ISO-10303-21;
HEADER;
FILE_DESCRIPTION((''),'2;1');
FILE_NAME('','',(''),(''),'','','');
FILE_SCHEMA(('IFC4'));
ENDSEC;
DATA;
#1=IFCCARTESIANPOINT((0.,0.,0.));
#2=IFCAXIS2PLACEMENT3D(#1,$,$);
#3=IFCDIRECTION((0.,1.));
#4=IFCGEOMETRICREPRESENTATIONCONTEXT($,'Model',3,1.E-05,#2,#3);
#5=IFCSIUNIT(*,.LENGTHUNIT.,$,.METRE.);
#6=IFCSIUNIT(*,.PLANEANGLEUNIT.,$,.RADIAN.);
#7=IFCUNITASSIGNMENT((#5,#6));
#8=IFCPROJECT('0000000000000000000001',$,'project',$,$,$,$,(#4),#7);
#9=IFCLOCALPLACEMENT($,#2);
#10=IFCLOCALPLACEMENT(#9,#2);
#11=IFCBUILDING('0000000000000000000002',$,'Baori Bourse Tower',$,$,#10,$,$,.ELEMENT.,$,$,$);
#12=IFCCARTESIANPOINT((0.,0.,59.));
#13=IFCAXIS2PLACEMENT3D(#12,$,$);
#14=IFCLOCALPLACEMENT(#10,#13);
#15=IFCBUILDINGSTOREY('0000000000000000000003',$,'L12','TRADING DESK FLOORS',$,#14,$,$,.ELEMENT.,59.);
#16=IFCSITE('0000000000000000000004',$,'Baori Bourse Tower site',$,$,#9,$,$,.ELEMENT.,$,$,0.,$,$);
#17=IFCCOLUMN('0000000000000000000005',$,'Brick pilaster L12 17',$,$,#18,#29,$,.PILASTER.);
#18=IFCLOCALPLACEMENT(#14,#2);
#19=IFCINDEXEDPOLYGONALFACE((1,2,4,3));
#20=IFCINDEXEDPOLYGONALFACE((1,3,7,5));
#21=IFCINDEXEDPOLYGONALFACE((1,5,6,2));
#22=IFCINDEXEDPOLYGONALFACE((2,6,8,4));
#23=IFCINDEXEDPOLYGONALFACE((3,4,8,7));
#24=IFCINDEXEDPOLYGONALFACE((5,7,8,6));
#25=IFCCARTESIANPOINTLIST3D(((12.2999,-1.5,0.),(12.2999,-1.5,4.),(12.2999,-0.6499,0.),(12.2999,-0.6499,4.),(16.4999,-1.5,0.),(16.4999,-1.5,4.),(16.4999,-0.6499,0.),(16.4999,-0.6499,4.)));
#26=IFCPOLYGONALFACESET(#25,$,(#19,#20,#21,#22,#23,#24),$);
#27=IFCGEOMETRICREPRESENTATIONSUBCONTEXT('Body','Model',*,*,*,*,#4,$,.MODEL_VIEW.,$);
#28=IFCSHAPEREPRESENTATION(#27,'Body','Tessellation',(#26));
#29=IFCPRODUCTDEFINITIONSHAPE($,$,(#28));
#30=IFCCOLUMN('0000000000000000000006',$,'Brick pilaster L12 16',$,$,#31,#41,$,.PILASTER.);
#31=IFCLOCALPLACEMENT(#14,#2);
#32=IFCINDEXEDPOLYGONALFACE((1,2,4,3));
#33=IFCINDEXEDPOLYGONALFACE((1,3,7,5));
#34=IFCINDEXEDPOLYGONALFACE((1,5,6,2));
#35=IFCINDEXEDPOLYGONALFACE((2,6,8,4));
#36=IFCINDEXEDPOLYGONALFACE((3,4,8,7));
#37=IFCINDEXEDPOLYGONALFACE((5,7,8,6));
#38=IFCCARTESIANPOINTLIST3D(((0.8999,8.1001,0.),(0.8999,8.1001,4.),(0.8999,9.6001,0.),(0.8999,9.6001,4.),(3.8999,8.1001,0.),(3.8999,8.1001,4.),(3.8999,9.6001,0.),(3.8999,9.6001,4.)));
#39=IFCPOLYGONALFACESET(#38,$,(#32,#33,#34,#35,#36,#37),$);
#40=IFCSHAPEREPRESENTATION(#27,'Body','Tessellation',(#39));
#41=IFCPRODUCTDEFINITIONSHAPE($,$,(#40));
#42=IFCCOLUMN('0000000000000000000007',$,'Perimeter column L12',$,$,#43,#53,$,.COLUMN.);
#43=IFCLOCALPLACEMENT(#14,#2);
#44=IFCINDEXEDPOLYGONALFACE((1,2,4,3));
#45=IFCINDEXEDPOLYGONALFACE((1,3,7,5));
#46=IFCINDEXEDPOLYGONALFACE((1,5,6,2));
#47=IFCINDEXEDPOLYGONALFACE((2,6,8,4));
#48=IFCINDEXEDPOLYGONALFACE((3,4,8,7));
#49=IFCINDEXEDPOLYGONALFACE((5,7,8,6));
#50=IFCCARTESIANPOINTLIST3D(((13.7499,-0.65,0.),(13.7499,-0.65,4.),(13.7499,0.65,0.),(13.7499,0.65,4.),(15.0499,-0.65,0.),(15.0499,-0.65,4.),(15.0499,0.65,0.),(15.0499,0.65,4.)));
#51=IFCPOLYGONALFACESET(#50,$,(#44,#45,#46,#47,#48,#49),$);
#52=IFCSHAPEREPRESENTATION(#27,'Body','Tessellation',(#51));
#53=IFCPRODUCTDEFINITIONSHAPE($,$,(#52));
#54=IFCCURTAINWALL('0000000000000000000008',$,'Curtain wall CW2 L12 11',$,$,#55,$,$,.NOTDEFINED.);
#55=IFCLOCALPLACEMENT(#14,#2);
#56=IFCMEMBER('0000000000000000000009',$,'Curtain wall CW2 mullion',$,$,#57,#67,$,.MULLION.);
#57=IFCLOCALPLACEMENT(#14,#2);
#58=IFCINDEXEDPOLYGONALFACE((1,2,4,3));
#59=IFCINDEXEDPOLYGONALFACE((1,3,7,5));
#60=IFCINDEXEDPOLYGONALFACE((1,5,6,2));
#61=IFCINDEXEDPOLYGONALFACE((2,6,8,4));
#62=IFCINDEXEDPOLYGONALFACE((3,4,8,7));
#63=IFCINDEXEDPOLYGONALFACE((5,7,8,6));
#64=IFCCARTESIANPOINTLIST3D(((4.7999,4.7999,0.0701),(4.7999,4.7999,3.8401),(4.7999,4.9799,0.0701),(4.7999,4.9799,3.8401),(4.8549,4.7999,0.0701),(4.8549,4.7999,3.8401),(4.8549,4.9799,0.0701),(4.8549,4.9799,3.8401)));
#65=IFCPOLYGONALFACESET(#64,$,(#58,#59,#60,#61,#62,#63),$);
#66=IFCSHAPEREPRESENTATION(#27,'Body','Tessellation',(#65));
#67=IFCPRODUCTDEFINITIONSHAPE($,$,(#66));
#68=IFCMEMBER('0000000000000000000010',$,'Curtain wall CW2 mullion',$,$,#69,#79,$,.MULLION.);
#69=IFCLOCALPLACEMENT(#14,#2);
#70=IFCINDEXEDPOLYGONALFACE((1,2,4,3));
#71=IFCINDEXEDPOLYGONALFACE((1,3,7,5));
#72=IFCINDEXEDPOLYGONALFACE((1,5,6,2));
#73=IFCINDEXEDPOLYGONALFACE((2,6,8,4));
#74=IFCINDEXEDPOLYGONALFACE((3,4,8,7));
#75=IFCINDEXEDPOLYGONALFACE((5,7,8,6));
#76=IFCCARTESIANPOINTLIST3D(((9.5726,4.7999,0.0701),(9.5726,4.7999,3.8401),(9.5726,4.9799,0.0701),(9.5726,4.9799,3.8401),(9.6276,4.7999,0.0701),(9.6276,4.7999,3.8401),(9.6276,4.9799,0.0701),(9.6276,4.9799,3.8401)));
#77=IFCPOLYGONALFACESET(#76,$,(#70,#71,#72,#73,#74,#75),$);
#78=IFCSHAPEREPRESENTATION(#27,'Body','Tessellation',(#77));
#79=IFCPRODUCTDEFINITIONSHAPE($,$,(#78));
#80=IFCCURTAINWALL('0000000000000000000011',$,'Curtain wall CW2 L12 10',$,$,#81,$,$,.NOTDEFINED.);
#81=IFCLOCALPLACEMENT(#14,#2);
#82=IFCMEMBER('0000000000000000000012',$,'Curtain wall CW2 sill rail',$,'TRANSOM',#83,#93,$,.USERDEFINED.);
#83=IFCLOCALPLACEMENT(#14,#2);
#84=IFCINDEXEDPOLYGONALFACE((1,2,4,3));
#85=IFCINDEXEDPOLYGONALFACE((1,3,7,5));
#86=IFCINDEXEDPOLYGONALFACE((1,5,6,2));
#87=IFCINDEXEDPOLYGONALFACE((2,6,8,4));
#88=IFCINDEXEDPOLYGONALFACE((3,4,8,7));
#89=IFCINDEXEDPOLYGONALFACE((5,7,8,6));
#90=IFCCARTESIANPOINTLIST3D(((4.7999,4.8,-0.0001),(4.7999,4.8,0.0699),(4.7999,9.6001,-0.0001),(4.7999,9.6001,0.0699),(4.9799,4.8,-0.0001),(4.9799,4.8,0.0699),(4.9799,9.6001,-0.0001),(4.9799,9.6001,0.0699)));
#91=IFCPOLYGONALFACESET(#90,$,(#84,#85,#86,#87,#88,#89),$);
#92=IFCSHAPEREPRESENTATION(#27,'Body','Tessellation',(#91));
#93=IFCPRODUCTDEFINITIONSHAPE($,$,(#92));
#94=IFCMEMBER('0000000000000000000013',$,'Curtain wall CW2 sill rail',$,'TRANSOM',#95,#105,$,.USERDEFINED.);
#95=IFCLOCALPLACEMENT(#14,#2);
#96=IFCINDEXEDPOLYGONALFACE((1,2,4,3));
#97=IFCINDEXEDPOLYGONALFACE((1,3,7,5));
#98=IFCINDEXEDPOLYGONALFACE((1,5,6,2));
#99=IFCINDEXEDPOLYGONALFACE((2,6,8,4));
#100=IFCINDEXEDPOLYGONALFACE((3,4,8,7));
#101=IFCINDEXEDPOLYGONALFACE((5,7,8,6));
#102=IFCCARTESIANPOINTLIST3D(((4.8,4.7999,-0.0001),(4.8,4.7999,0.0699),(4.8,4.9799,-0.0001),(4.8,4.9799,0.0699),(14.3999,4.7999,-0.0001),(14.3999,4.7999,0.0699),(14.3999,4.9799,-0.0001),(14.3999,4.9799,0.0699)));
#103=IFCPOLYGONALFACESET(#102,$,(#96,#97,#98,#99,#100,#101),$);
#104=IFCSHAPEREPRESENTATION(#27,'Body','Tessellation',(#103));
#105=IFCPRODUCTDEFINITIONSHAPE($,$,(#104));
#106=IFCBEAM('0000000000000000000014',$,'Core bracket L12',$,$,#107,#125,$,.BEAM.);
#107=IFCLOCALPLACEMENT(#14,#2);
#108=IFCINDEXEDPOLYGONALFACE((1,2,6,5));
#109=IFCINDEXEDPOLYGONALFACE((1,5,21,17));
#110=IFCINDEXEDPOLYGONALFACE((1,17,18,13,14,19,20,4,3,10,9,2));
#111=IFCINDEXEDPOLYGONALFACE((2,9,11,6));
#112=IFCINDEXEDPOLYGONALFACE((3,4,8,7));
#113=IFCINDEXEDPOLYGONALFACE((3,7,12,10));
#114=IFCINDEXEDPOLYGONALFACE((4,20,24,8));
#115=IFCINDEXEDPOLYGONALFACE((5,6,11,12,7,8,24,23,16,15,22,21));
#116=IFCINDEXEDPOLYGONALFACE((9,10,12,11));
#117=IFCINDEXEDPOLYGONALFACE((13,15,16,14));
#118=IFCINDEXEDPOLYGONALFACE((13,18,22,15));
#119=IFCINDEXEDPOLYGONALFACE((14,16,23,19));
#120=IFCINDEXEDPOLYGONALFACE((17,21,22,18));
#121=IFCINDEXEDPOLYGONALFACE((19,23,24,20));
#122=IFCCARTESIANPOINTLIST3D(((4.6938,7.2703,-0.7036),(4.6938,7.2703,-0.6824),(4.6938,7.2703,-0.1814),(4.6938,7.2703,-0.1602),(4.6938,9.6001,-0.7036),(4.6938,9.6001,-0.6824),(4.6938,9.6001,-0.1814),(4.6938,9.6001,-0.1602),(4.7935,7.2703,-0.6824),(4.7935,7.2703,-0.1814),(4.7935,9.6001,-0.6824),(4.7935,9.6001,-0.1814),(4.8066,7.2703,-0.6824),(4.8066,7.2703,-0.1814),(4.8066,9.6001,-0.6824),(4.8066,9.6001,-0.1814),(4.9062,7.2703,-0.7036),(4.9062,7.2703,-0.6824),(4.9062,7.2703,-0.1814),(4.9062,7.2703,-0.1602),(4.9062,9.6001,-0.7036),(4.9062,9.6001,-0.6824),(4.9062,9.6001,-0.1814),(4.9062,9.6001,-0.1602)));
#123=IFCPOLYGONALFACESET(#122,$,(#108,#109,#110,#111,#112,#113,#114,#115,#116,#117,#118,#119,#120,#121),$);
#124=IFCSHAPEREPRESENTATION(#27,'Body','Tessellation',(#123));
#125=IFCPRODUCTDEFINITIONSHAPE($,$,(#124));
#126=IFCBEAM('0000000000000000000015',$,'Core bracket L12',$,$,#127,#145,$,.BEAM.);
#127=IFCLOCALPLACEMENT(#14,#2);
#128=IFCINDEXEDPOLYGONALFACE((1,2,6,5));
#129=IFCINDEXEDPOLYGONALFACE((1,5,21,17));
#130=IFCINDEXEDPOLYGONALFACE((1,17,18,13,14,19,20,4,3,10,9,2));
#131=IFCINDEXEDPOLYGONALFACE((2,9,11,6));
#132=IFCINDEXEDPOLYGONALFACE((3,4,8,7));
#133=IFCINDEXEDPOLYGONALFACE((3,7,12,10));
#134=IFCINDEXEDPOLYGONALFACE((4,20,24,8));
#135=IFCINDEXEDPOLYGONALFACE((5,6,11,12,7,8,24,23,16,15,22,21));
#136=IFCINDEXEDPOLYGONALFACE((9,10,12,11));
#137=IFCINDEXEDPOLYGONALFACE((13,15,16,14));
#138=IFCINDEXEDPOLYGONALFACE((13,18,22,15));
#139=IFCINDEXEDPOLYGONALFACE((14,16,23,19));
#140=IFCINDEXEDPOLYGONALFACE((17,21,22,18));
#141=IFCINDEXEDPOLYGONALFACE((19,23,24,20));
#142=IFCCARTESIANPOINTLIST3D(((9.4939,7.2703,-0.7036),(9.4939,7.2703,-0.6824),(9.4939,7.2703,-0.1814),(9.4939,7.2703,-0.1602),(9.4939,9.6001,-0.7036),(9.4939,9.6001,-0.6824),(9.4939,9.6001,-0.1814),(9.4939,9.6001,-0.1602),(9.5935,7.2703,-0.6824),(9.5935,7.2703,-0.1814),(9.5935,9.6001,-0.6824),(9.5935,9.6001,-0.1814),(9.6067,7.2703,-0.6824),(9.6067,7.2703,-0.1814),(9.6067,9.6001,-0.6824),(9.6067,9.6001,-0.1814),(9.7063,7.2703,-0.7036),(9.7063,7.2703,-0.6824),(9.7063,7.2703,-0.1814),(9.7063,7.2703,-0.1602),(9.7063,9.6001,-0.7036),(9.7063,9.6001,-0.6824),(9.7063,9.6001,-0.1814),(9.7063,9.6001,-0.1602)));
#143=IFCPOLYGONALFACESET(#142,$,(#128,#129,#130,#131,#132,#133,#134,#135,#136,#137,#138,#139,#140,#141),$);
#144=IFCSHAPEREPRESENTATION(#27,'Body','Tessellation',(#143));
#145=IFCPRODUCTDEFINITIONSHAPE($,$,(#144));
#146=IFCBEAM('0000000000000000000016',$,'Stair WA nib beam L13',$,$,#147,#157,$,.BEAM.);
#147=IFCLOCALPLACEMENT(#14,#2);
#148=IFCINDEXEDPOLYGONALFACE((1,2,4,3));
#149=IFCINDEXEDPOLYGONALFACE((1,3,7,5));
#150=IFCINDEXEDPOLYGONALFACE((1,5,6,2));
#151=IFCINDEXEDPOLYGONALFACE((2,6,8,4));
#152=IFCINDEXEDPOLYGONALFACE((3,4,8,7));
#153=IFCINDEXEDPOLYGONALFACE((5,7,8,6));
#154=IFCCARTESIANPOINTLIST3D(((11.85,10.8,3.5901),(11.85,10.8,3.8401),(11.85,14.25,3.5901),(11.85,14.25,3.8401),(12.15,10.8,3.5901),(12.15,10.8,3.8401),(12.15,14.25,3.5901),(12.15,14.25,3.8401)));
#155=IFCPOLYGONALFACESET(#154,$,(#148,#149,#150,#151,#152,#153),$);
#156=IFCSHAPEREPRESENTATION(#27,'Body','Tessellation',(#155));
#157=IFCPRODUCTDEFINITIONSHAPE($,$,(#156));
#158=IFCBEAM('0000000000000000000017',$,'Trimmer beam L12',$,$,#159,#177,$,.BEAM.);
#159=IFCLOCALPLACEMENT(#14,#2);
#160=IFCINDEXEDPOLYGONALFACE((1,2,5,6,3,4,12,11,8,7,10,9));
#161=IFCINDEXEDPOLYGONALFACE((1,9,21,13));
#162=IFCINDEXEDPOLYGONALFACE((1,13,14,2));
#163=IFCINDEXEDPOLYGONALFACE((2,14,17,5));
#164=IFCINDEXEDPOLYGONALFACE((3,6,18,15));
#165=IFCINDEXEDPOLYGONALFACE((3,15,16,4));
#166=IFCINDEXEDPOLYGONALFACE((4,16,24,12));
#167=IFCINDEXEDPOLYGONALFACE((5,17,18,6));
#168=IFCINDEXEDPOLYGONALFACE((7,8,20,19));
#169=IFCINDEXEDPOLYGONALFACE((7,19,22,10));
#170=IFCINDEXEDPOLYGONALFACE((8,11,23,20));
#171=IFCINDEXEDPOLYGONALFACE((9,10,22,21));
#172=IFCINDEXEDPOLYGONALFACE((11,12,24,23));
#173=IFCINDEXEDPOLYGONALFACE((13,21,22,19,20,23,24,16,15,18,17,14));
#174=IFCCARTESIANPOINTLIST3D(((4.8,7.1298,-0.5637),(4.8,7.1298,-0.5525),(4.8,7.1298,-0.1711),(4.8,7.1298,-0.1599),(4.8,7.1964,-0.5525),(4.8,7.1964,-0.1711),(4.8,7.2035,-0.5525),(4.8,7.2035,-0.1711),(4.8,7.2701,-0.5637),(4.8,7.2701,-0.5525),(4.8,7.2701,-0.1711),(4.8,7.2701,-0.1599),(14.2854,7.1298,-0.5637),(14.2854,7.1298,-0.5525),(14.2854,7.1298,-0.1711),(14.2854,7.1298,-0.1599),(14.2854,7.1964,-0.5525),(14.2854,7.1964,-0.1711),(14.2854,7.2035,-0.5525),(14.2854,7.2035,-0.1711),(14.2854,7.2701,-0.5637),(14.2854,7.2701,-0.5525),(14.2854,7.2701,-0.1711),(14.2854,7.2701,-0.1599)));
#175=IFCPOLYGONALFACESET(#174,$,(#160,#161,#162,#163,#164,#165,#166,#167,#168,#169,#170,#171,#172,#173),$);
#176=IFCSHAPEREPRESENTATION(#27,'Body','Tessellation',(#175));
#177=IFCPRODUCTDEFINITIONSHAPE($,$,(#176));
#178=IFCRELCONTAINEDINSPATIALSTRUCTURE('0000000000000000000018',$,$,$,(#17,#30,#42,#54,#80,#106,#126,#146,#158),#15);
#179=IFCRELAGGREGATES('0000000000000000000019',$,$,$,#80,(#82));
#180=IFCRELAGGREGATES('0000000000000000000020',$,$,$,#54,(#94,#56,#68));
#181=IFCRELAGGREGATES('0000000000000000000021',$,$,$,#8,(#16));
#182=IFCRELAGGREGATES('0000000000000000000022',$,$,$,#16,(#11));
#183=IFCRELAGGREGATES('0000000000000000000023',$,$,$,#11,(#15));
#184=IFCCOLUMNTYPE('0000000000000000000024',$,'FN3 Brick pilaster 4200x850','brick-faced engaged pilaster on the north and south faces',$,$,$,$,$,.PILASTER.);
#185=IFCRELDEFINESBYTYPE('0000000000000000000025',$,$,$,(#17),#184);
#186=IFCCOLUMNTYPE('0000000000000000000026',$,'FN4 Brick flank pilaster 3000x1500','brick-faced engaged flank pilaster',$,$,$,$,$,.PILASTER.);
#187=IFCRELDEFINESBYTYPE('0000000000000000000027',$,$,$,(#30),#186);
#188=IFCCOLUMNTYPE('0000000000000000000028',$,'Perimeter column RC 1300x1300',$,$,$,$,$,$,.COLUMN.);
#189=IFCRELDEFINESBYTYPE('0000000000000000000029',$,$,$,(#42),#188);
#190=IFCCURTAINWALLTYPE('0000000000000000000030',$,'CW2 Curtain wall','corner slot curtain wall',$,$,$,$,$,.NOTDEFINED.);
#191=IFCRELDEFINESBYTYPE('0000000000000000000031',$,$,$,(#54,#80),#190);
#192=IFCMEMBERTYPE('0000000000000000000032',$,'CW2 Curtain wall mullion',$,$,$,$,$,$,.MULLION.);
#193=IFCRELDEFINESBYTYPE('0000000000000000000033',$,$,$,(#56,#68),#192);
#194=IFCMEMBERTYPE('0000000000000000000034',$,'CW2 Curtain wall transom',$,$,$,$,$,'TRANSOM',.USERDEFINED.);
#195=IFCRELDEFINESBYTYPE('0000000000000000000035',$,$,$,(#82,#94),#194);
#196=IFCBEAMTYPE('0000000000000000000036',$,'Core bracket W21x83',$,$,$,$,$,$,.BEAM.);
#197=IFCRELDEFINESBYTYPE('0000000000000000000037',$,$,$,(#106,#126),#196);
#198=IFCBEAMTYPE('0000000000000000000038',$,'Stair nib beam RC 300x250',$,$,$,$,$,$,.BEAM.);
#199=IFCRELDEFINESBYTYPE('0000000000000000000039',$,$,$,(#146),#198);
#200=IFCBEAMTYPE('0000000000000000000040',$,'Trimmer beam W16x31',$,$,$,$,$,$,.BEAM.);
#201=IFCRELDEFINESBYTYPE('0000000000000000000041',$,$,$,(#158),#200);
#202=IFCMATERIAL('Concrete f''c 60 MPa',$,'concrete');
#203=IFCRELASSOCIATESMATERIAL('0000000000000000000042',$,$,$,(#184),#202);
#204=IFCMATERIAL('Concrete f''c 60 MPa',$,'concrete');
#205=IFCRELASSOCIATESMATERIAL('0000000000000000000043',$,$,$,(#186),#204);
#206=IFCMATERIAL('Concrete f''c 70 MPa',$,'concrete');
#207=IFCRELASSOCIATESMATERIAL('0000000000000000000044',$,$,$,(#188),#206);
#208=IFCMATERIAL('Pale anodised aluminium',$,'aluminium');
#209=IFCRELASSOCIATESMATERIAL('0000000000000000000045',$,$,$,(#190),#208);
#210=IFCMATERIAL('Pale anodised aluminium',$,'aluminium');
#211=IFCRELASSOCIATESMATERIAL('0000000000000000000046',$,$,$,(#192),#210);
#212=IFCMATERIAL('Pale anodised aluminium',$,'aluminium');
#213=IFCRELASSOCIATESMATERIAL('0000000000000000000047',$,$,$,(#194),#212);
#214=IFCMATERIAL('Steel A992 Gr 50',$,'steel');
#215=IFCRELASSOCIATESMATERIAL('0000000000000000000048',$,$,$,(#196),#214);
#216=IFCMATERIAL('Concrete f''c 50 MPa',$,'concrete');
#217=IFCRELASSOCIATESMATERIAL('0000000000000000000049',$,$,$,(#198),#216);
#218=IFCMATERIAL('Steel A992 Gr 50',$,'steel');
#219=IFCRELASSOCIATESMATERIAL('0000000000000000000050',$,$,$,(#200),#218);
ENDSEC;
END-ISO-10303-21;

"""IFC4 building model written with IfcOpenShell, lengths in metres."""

from ifc_helpers import new_model, si_unit, direction, frame, origin, origin_2d, place, context, subcontext, project, spatial, rectangle, i_section, extrude, material, material_profile, profile_set, type_object, element, aggregate, save


model = new_model("IFC4")

# Units and contexts
model_context = context("Model", 3, precision=1e-05, world=origin(), true_north=direction((0.0, 1.0)))
body_context = subcontext(model_context, "Body", "Model", "MODEL_VIEW")
ifc_project = project(units=[si_unit("LENGTHUNIT", "METRE"), si_unit("PLANEANGLEUNIT", "RADIAN")], contexts=[model_context])

# Site, building, storey
site_placement = place(None, origin())
site = spatial("IfcSite", under=ifc_project, at=site_placement, Name="Baori Bourse Tower site", CompositionType="ELEMENT", RefElevation=0.0)
building_placement = place(site_placement, origin())
building = spatial("IfcBuilding", under=site, at=building_placement, Name="Baori Bourse Tower", CompositionType="ELEMENT")
storey_placement = place(building_placement, frame((0.0, 0.0, 59.0)))
storey = spatial("IfcBuildingStorey", under=building, at=storey_placement, Name="L12", Description="TRADING DESK FLOORS", CompositionType="ELEMENT", Elevation=59.0)

# Columns
ifc_material_1 = material(Name="Concrete f'c 60 MPa", Category="concrete")
ifc_material_profile_1 = material_profile(ifc_material_1, rectangle(XDim=4.2, YDim=0.8501, at=origin_2d()), Name="RC 4200x850")
ifc_profile_set_1 = profile_set([ifc_material_profile_1], Name="Concrete f'c 60 MPa")
column_type_1 = type_object("IfcColumnType", Name="FN3 Brick pilaster 4200x850", Description="brick-faced engaged pilaster on the north and south faces", PredefinedType="PILASTER", material=ifc_profile_set_1)
column_1_placement = place(storey_placement, frame((14.3999, -1.075, 0.0), z_axis=(0.0, 0.0, 1.0), x_axis=(1.0, 0.0, 0.0)))
element("IfcColumn", 1, at=column_1_placement, inside=storey, type_object=column_type_1, Name="Brick pilaster L12 17", PredefinedType="PILASTER", context=body_context, shape_type="SweptSolid", body=[
    extrude(rectangle(XDim=4.2, YDim=0.8501, at=origin_2d()), origin(), (0.0, 0.0, 1.0), 4.0),
])
ifc_material_2 = material(Name="Concrete f'c 60 MPa", Category="concrete")
ifc_material_profile_2 = material_profile(ifc_material_2, rectangle(XDim=3.0, YDim=1.5, at=origin_2d()), Name="RC 3000x1500")
ifc_profile_set_2 = profile_set([ifc_material_profile_2], Name="Concrete f'c 60 MPa")
column_type_2 = type_object("IfcColumnType", Name="FN4 Brick flank pilaster 3000x1500", Description="brick-faced engaged flank pilaster", PredefinedType="PILASTER", material=ifc_profile_set_2)
column_2_placement = place(storey_placement, frame((2.3999, 8.8501, 0.0), z_axis=(0.0, 0.0, 1.0), x_axis=(1.0, 0.0, 0.0)))
element("IfcColumn", 2, at=column_2_placement, inside=storey, type_object=column_type_2, Name="Brick pilaster L12 16", PredefinedType="PILASTER", context=body_context, shape_type="SweptSolid", body=[
    extrude(rectangle(XDim=3.0, YDim=1.5, at=origin_2d()), origin(), (0.0, 0.0, 1.0), 4.0),
])
ifc_material_3 = material(Name="Concrete f'c 70 MPa", Category="concrete")
ifc_material_profile_3 = material_profile(ifc_material_3, rectangle(XDim=1.3, YDim=1.3, at=origin_2d()), Name="RC 1300x1300")
ifc_profile_set_3 = profile_set([ifc_material_profile_3], Name="Concrete f'c 70 MPa")
column_type_3 = type_object("IfcColumnType", Name="Perimeter column RC 1300x1300", PredefinedType="COLUMN", material=ifc_profile_set_3)
column_3_placement = place(storey_placement, frame((14.3999, 0.0, 0.0), z_axis=(0.0, 0.0, 1.0), x_axis=(1.0, 0.0, 0.0)))
element("IfcColumn", 3, at=column_3_placement, inside=storey, type_object=column_type_3, Name="Perimeter column L12", PredefinedType="COLUMN", context=body_context, shape_type="SweptSolid", body=[
    extrude(rectangle(XDim=1.3, YDim=1.3, at=origin_2d()), origin(), (0.0, 0.0, 1.0), 4.0),
])

# Curtain wall, members
ifc_material_4 = material(Name="Pale anodised aluminium", Category="aluminium")
curtain_wall_type = type_object("IfcCurtainWallType", Name="CW2 Curtain wall", Description="corner slot curtain wall", PredefinedType="NOTDEFINED", material=ifc_material_4)
curtain_wall_1_placement = place(storey_placement, origin())
curtain_wall_1 = element("IfcCurtainWall", 4, at=curtain_wall_1_placement, inside=storey, type_object=curtain_wall_type, Name="Curtain wall CW2 L12 11", PredefinedType="NOTDEFINED")
ifc_material_5 = material(Name="Pale anodised aluminium", Category="aluminium")
ifc_material_profile_4 = material_profile(ifc_material_5, rectangle(XDim=0.1799, YDim=0.0549, at=origin_2d()), Name="Mullion 55x180")
ifc_profile_set_4 = profile_set([ifc_material_profile_4], Name="Pale anodised aluminium")
member_type_1 = type_object("IfcMemberType", Name="CW2 Curtain wall mullion", PredefinedType="MULLION", material=ifc_profile_set_4)
member_1_placement = place(storey_placement, frame((4.8274, 4.8899, 0.0701), z_axis=(0.0, 0.0, 1.0), x_axis=(0.0, 1.0, 0.0)))
member_1 = element("IfcMember", 5, at=member_1_placement, type_object=member_type_1, Name="Curtain wall CW2 mullion", PredefinedType="MULLION", context=body_context, shape_type="SweptSolid", body=[
    extrude(rectangle(XDim=0.1799, YDim=0.0549, at=origin_2d()), origin(), (0.0, 0.0, 1.0), 3.77),
])
member_2_placement = place(storey_placement, frame((9.6001, 4.8899, 0.0701), z_axis=(0.0, 0.0, 1.0), x_axis=(0.0, 1.0, 0.0)))
member_2 = element("IfcMember", 6, at=member_2_placement, type_object=member_type_1, Name="Curtain wall CW2 mullion", PredefinedType="MULLION", context=body_context, shape_type="SweptSolid", body=[
    extrude(rectangle(XDim=0.1799, YDim=0.0549, at=origin_2d()), origin(), (0.0, 0.0, 1.0), 3.77),
])

# Curtain wall, member
curtain_wall_2_placement = place(storey_placement, origin())
curtain_wall_2 = element("IfcCurtainWall", 7, at=curtain_wall_2_placement, inside=storey, type_object=curtain_wall_type, Name="Curtain wall CW2 L12 10", PredefinedType="NOTDEFINED")
ifc_material_6 = material(Name="Pale anodised aluminium", Category="aluminium")
ifc_material_profile_5 = material_profile(ifc_material_6, rectangle(XDim=0.1799, YDim=0.0701, at=origin_2d()), Name="Transom 70x180")
ifc_profile_set_5 = profile_set([ifc_material_profile_5], Name="Pale anodised aluminium")
member_type_2 = type_object("IfcMemberType", Name="CW2 Curtain wall transom", ElementType="TRANSOM", PredefinedType="USERDEFINED", material=ifc_profile_set_5)
member_3_placement = place(storey_placement, frame((4.8899, 9.6001, 0.0349), z_axis=(0.0, -1.0, 0.0), x_axis=(1.0, 0.0, 0.0)))
member_3 = element("IfcMember", 8, at=member_3_placement, type_object=member_type_2, Name="Curtain wall CW2 sill rail", ObjectType="TRANSOM", PredefinedType="USERDEFINED", context=body_context, shape_type="SweptSolid", body=[
    extrude(rectangle(XDim=0.1799, YDim=0.0701, at=origin_2d()), origin(), (0.0, 0.0, 1.0), 4.8),
])

# Member
member_4_placement = place(storey_placement, frame((4.8, 4.8899, 0.0349), z_axis=(1.0, 0.0, 0.0), x_axis=(0.0, 1.0, 0.0)))
member_4 = element("IfcMember", 9, at=member_4_placement, type_object=member_type_2, Name="Curtain wall CW2 sill rail", ObjectType="TRANSOM", PredefinedType="USERDEFINED", context=body_context, shape_type="SweptSolid", body=[
    extrude(rectangle(XDim=0.1799, YDim=0.0701, at=origin_2d()), origin(), (0.0, 0.0, 1.0), 9.5999),
])

# Beams
ifc_material_7 = material(Name="Steel A992 Gr 50", Category="steel")
ifc_material_profile_6 = material_profile(ifc_material_7, i_section(OverallWidth=0.2124, OverallDepth=0.5435, WebThickness=0.0132, FlangeThickness=0.0212, at=origin_2d()), Name="W21x83")
ifc_profile_set_6 = profile_set([ifc_material_profile_6], Name="Steel A992 Gr 50")
beam_type_1 = type_object("IfcBeamType", Name="Core bracket W21x83", PredefinedType="BEAM", material=ifc_profile_set_6)
for number, where, z_axis, x_axis, name in (
    (10, (4.8, 7.2703, -0.4319), (0.0, 1.0, 0.0), (-1.0, 0.0, 0.0), "Core bracket L12"),
    (11, (9.6001, 7.2703, -0.4319), (0.0, 1.0, 0.0), (-1.0, 0.0, 0.0), "Core bracket L12"),
):
    element("IfcBeam", number, at=place(storey_placement, frame(where, z_axis=z_axis, x_axis=x_axis)), inside=storey, type_object=beam_type_1, Name=name, PredefinedType="BEAM", context=body_context, shape_type="SweptSolid", body=[
        extrude(i_section(OverallWidth=0.2124, OverallDepth=0.5435, WebThickness=0.0132, FlangeThickness=0.0212, at=origin_2d()), origin(), (0.0, 0.0, 1.0), 2.3298),
    ])
ifc_material_8 = material(Name="Concrete f'c 50 MPa", Category="concrete")
ifc_material_profile_7 = material_profile(ifc_material_8, rectangle(XDim=0.3, YDim=0.25, at=origin_2d()), Name="RC 300x250")
ifc_profile_set_7 = profile_set([ifc_material_profile_7], Name="Concrete f'c 50 MPa")
beam_type_2 = type_object("IfcBeamType", Name="Stair nib beam RC 300x250", PredefinedType="BEAM", material=ifc_profile_set_7)
beam_1_placement = place(storey_placement, frame((12.0, 10.8, 3.7151), z_axis=(0.0, 1.0, 0.0), x_axis=(-1.0, 0.0, 0.0)))
element("IfcBeam", 12, at=beam_1_placement, inside=storey, type_object=beam_type_2, Name="Stair WA nib beam L13", PredefinedType="BEAM", context=body_context, shape_type="SweptSolid", body=[
    extrude(rectangle(XDim=0.3, YDim=0.25, at=origin_2d()), origin(), (0.0, 0.0, 1.0), 3.45),
])
ifc_material_9 = material(Name="Steel A992 Gr 50", Category="steel")
ifc_material_profile_8 = material_profile(ifc_material_9, i_section(OverallWidth=0.1404, OverallDepth=0.4038, WebThickness=0.0071, FlangeThickness=0.0112, at=origin_2d()), Name="W16x31")
ifc_profile_set_8 = profile_set([ifc_material_profile_8], Name="Steel A992 Gr 50")
beam_type_3 = type_object("IfcBeamType", Name="Trimmer beam W16x31", PredefinedType="BEAM", material=ifc_profile_set_8)
beam_2_placement = place(storey_placement, frame((4.8, 7.2, -0.3618), z_axis=(1.0, 0.0, 0.0), x_axis=(0.0, 1.0, 0.0)))
element("IfcBeam", 13, at=beam_2_placement, inside=storey, type_object=beam_type_3, Name="Trimmer beam L12", PredefinedType="BEAM", context=body_context, shape_type="SweptSolid", body=[
    extrude(i_section(OverallWidth=0.1404, OverallDepth=0.4038, WebThickness=0.0071, FlangeThickness=0.0112, at=origin_2d()), origin(), (0.0, 0.0, 1.0), 9.4854),
])

aggregate(curtain_wall_2, [member_3])
aggregate(curtain_wall_1, [member_4, member_1, member_2])

save(model, "model.ifc")
